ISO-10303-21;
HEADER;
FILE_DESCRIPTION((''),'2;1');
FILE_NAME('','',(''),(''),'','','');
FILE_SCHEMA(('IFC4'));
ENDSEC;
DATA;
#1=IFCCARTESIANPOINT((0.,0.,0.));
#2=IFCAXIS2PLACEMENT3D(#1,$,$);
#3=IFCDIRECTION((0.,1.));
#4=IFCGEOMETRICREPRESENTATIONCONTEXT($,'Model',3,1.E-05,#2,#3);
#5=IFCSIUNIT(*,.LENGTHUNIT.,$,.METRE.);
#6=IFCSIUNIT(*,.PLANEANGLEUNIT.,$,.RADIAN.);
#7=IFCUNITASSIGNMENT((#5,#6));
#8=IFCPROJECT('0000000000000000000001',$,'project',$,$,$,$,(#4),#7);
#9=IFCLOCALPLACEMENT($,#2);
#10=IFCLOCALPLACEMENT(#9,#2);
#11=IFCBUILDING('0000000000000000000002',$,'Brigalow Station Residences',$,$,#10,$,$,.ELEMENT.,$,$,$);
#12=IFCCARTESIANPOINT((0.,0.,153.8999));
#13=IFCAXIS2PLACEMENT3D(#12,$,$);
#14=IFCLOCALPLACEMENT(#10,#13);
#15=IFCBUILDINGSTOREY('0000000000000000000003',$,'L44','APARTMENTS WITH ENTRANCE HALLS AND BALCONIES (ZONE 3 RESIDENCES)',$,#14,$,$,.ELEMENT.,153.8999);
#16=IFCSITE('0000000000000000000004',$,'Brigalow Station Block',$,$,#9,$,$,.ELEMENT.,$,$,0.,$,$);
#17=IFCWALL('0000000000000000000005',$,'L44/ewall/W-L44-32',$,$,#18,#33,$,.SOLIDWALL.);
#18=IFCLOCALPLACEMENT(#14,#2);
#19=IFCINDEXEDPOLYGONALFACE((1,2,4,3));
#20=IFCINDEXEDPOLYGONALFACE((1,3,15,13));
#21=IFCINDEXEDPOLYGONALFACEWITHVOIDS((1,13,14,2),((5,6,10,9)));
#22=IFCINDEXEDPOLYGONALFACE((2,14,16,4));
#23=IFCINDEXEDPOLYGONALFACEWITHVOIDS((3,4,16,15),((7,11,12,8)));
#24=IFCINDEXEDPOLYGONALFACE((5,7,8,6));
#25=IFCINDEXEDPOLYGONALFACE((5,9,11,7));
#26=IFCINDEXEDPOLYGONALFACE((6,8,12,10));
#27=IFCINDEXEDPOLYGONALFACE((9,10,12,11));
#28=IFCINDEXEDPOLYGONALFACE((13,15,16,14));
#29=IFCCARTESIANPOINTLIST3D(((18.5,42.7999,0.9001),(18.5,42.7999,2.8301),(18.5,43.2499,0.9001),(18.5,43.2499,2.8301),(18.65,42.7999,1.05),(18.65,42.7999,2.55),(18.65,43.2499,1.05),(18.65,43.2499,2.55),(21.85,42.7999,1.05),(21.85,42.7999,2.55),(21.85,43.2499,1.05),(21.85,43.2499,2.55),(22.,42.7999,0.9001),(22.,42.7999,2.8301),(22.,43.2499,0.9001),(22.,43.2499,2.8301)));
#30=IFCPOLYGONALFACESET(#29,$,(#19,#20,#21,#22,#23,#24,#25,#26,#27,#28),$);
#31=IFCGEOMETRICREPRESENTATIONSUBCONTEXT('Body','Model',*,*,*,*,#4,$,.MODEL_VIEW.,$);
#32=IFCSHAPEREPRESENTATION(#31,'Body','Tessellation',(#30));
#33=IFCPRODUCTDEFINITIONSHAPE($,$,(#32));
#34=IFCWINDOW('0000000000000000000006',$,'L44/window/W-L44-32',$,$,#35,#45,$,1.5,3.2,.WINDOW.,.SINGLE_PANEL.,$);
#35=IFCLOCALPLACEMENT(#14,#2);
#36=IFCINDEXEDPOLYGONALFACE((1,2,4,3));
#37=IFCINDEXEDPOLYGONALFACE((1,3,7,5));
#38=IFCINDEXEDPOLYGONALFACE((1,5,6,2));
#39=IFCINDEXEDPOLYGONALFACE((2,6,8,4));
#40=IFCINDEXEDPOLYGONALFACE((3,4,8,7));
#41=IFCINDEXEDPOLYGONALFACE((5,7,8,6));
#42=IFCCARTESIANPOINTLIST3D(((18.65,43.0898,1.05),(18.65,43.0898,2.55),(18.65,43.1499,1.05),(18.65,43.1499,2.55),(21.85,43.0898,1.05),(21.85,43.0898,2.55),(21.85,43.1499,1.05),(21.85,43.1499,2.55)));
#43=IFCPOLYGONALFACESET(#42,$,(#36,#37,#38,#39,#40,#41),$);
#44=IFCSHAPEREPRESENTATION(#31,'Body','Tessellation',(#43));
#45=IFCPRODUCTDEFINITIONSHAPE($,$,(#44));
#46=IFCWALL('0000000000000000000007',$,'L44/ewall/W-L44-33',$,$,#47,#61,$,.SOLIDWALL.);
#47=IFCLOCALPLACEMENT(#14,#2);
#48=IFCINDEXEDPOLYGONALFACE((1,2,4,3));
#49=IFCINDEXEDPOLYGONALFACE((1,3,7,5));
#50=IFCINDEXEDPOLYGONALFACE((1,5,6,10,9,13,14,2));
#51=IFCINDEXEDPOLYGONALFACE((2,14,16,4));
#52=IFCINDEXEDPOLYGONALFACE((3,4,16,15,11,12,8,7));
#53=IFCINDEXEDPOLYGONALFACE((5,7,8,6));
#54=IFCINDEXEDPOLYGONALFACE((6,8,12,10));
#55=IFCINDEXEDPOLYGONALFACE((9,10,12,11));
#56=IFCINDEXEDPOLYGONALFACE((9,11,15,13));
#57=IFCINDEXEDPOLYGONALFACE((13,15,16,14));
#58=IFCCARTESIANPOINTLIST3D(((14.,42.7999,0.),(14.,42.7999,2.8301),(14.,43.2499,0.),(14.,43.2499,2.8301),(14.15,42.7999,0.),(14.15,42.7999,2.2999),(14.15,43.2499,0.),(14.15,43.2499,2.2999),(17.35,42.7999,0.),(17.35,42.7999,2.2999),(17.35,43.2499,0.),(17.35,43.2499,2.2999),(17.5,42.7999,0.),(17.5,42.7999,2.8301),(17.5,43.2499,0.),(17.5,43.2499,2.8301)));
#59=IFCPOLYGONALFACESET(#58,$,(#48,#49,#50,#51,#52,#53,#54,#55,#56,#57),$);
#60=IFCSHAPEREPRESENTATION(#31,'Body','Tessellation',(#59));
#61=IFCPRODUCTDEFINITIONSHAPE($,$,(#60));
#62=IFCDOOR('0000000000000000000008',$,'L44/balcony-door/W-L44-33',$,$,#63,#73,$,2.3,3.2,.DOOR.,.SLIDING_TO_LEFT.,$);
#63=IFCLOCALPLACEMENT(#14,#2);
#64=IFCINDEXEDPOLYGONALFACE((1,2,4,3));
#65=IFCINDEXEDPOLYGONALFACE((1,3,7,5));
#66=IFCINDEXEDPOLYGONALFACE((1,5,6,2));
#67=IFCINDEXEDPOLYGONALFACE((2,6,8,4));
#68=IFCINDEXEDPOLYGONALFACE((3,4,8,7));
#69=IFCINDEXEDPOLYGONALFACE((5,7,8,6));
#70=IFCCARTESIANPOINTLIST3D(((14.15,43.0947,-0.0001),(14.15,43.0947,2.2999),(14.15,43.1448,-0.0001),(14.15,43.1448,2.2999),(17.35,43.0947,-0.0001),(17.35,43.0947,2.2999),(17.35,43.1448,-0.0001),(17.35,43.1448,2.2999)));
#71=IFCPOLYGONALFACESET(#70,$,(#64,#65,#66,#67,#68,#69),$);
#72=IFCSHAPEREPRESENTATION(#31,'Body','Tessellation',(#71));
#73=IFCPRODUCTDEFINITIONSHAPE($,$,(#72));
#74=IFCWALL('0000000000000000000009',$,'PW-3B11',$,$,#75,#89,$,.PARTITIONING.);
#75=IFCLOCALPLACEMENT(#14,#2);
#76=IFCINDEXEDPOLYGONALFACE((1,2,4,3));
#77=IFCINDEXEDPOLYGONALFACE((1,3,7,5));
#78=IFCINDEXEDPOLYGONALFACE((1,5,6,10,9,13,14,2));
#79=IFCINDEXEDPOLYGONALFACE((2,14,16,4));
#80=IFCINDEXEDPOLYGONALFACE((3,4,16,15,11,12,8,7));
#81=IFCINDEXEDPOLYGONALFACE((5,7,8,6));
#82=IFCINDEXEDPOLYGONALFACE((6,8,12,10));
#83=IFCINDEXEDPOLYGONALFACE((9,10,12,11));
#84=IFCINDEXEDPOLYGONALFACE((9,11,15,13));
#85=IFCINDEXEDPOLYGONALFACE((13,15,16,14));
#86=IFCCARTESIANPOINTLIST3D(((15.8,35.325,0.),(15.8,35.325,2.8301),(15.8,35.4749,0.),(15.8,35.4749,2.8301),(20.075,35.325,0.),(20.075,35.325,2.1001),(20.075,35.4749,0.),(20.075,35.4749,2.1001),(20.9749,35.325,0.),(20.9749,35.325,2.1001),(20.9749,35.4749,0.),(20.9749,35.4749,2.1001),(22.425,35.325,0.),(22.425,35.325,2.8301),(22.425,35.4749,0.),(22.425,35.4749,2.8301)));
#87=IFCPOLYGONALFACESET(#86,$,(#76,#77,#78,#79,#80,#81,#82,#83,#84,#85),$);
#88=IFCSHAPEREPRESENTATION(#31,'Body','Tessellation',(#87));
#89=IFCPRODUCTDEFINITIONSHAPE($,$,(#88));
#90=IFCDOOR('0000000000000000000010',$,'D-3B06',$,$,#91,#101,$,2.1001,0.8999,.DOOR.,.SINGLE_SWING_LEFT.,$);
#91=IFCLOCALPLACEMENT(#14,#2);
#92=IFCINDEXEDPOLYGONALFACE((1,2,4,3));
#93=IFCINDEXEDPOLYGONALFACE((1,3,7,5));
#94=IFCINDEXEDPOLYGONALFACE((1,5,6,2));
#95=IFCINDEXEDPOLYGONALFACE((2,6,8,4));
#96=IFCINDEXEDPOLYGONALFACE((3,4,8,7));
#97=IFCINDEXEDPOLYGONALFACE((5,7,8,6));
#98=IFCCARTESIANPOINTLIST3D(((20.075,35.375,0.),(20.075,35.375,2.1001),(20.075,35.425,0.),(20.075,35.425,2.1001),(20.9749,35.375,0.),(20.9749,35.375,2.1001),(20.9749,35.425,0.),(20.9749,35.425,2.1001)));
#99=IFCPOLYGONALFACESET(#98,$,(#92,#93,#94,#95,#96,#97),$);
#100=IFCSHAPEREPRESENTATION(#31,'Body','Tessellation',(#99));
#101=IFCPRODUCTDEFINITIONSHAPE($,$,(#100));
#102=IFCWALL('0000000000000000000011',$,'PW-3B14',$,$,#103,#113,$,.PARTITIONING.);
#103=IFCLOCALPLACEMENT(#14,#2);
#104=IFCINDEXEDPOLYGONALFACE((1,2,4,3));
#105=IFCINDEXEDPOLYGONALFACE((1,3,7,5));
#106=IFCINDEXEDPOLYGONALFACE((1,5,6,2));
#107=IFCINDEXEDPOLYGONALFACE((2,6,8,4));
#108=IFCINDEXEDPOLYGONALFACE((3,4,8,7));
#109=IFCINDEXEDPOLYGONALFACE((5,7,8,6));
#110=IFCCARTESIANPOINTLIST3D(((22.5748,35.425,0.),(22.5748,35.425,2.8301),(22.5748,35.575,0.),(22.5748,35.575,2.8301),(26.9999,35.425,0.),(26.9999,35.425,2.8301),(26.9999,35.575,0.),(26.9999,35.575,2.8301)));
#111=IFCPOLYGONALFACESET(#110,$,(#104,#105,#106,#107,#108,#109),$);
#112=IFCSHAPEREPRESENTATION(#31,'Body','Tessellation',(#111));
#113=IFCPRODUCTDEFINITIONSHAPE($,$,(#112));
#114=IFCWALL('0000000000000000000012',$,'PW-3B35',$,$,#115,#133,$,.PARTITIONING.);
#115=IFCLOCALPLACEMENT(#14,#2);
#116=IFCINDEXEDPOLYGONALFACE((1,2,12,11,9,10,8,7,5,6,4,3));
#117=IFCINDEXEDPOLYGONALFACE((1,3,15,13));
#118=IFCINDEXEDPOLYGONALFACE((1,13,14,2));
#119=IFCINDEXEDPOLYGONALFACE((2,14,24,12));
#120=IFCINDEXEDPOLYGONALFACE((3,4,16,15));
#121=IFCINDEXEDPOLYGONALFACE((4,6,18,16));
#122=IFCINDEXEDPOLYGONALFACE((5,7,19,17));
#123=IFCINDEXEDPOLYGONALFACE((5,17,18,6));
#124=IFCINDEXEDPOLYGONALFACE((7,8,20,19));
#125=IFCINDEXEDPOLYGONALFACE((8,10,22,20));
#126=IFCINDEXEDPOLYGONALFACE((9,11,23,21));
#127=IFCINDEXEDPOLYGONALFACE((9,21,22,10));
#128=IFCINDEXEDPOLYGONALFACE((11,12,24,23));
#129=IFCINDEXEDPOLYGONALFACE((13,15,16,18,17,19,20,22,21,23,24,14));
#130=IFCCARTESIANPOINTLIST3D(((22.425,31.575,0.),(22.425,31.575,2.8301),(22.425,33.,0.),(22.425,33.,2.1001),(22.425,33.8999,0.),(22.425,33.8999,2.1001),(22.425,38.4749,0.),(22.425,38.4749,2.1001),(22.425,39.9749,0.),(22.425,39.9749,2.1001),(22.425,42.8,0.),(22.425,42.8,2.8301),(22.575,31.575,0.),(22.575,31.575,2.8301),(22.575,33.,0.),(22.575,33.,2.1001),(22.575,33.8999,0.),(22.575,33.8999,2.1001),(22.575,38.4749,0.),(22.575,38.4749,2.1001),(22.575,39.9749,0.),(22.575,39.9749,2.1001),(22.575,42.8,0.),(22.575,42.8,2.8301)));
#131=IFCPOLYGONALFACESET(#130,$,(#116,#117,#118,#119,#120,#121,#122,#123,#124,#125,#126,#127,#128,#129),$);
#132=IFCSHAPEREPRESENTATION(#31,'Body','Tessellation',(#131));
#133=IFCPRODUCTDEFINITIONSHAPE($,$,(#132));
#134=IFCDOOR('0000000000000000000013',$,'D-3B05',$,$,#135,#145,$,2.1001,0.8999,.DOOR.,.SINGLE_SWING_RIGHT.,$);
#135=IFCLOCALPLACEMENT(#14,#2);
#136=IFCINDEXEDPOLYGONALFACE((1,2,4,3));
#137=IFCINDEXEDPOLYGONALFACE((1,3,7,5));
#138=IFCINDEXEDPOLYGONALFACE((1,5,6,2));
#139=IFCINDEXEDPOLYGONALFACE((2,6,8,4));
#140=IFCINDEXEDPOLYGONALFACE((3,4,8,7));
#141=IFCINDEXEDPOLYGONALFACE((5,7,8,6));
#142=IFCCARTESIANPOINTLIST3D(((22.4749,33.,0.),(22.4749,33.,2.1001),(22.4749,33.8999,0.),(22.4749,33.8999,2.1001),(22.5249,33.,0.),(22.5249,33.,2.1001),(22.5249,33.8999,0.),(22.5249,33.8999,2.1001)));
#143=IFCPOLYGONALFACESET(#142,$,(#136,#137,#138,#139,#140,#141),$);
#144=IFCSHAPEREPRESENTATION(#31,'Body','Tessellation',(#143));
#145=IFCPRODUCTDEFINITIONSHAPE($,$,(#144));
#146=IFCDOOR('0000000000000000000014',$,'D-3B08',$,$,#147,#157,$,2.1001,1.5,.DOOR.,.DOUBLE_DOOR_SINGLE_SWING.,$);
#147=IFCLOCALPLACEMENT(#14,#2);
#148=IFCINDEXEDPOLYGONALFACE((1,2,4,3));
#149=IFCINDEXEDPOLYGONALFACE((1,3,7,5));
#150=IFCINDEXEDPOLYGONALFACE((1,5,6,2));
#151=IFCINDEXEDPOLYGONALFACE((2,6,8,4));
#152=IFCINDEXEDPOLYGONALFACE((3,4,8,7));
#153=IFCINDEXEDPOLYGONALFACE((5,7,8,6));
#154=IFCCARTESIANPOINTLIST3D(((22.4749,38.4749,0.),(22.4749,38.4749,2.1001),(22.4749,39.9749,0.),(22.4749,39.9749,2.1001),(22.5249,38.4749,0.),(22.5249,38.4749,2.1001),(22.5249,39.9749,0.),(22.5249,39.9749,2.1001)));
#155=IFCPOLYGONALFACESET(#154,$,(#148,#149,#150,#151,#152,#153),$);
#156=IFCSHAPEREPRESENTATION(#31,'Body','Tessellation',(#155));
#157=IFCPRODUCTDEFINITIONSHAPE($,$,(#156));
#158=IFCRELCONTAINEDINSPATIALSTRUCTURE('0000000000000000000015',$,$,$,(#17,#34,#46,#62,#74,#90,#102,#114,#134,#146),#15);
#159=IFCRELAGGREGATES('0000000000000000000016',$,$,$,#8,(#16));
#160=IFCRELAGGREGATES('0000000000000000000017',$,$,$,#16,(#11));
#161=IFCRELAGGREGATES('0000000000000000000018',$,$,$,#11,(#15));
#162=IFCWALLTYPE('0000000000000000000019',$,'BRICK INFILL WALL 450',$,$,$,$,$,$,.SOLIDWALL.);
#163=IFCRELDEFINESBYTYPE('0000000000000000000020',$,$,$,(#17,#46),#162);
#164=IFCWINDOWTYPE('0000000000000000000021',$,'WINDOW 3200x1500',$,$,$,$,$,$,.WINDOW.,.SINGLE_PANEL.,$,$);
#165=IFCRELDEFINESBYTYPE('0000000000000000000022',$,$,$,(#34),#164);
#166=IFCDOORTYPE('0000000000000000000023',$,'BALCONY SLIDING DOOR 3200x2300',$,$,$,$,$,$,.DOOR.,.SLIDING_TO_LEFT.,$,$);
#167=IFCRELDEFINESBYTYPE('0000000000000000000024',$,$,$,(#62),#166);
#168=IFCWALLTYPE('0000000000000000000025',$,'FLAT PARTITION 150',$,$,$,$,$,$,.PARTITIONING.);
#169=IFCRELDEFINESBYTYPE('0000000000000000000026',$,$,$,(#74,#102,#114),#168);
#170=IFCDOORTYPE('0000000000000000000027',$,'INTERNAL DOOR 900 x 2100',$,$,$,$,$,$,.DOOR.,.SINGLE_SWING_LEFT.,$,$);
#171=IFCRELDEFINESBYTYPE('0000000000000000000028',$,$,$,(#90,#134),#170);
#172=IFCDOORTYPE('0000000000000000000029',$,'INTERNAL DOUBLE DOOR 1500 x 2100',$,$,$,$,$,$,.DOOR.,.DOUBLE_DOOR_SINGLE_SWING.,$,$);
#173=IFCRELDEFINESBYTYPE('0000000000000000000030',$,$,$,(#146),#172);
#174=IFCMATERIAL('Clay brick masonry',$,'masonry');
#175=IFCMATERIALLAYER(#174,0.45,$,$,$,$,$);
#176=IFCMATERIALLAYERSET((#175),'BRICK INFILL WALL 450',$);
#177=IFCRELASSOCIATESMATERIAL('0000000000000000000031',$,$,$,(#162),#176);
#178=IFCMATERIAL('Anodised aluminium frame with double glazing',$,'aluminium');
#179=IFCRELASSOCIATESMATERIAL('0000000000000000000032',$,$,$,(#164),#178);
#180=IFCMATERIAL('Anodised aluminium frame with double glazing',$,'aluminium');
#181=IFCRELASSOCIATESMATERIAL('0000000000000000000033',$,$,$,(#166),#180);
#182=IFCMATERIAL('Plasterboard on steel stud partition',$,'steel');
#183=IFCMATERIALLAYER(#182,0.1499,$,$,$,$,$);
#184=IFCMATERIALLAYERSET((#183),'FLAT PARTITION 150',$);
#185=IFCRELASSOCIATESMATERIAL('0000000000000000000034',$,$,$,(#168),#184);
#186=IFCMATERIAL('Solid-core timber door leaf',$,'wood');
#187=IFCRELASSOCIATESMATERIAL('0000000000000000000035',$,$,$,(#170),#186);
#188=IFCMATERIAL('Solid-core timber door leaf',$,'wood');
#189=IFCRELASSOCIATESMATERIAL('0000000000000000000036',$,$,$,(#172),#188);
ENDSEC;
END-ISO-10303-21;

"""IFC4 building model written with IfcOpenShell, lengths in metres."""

from ifc_helpers import new_model, si_unit, direction, frame, frame_2d, origin, place, context, subcontext, project, spatial, rectangle, extrude, material, layer, layer_set, type_object, element, fill, save


model = new_model("IFC4")

# Units and contexts
model_context = context("Model", 3, precision=1e-05, world=origin(), true_north=direction((0.0, 1.0)))
body_context = subcontext(model_context, "Body", "Model", "MODEL_VIEW")
ifc_project = project(units=[si_unit("LENGTHUNIT", "METRE"), si_unit("PLANEANGLEUNIT", "RADIAN")], contexts=[model_context])

# Site, building, storey
site_placement = place(None, origin())
site = spatial("IfcSite", under=ifc_project, at=site_placement, Name="Brigalow Station Block", CompositionType="ELEMENT", RefElevation=0.0)
building_placement = place(site_placement, origin())
building = spatial("IfcBuilding", under=site, at=building_placement, Name="Brigalow Station Residences", CompositionType="ELEMENT")
storey_placement = place(building_placement, frame((0.0, 0.0, 153.8999)))
storey = spatial("IfcBuildingStorey", under=building, at=storey_placement, Name="L44", Description="APARTMENTS WITH ENTRANCE HALLS AND BALCONIES (ZONE 3 RESIDENCES)", CompositionType="ELEMENT", Elevation=153.8999)

# Wall, opening, window
ifc_material_1 = material(Name="Clay brick masonry", Category="masonry")
ifc_layer_1 = layer(ifc_material_1, 0.45)
ifc_layer_set_1 = layer_set([ifc_layer_1], Name="BRICK INFILL WALL 450")
wall_type_1 = type_object("IfcWallType", Name="BRICK INFILL WALL 450", PredefinedType="SOLIDWALL", material=ifc_layer_set_1)
ifc_material_2 = material(Name="Anodised aluminium frame with double glazing", Category="aluminium")
window_type = type_object("IfcWindowType", Name="WINDOW 3200x1500", PartitioningType="SINGLE_PANEL", PredefinedType="WINDOW", material=ifc_material_2)
wall_1_placement = place(storey_placement, frame((22.0, 43.0249, 0.9001), z_axis=(0.0, 0.0, 1.0), x_axis=(-1.0, 0.0, 0.0)))
wall_1 = element("IfcWall", 1, at=wall_1_placement, inside=storey, type_object=wall_type_1, Name="L44/ewall/W-L44-32", PredefinedType="SOLIDWALL", context=body_context, shape_type="SweptSolid", body=[
    extrude(rectangle(XDim=3.5, YDim=0.45, at=frame_2d((1.75, 0.0))), origin(), (0.0, 0.0, 1.0), 1.9299),
])
opening_1_placement = place(wall_1_placement, frame((0.1499, 0.0, 0.1499)))
opening_1 = element("IfcOpeningElement", 2, at=opening_1_placement, cuts=wall_1, PredefinedType="OPENING", context=body_context, shape_type="SweptSolid", body=[
    extrude(rectangle(XDim=3.2, YDim=1.5, at=frame_2d((1.6001, 0.75))), frame((0.0, 0.2349, 0.0), z_axis=(0.0, -1.0, 0.0), x_axis=(1.0, 0.0, 0.0)), (0.0, 0.0, 1.0), 0.47),
])
window_1_placement = place(opening_1_placement, origin())
window_1 = element("IfcWindow", 3, at=window_1_placement, inside=storey, type_object=window_type, Name="L44/window/W-L44-32", OverallHeight=1.5, OverallWidth=3.2, PartitioningType="SINGLE_PANEL", PredefinedType="WINDOW", context=body_context, shape_type="SweptSolid", body=[
    extrude(rectangle(XDim=3.2, YDim=1.5, at=frame_2d((1.6001, 0.75))), frame((0.0, -0.0649, 0.0), z_axis=(0.0, -1.0, 0.0), x_axis=(1.0, 0.0, 0.0)), (0.0, 0.0, 1.0), 0.0601),
])
fill(opening_1, window_1)

# Walls, openings, doors
wall_2_placement = place(storey_placement, frame((17.5, 43.0249, 0.0), z_axis=(0.0, 0.0, 1.0), x_axis=(-1.0, 0.0, 0.0)))
wall_2 = element("IfcWall", 4, at=wall_2_placement, inside=storey, type_object=wall_type_1, Name="L44/ewall/W-L44-33", PredefinedType="SOLIDWALL", context=body_context, shape_type="SweptSolid", body=[
    extrude(rectangle(XDim=3.5, YDim=0.45, at=frame_2d((1.75, 0.0))), origin(), (0.0, 0.0, 1.0), 2.8301),
])
opening_2_placement = place(wall_2_placement, frame((0.1499, 0.0, 0.0)))
opening_2 = element("IfcOpeningElement", 5, at=opening_2_placement, cuts=wall_2, PredefinedType="OPENING", context=body_context, shape_type="SweptSolid", body=[
    extrude(rectangle(XDim=3.2, YDim=2.3, at=frame_2d((1.6001, 1.1499))), frame((0.0, 0.2349, 0.0), z_axis=(0.0, -1.0, 0.0), x_axis=(1.0, 0.0, 0.0)), (0.0, 0.0, 1.0), 0.47),
])
ifc_material_3 = material(Name="Anodised aluminium frame with double glazing", Category="aluminium")
door_type_1 = type_object("IfcDoorType", Name="BALCONY SLIDING DOOR 3200x2300", OperationType="SLIDING_TO_LEFT", PredefinedType="DOOR", material=ifc_material_3)
door_1_placement = place(opening_2_placement, origin())
door_1 = element("IfcDoor", 6, at=door_1_placement, inside=storey, type_object=door_type_1, Name="L44/balcony-door/W-L44-33", OperationType="SLIDING_TO_LEFT", OverallHeight=2.3, OverallWidth=3.2, PredefinedType="DOOR", context=body_context, shape_type="SweptSolid", body=[
    extrude(rectangle(XDim=3.2, YDim=2.3, at=frame_2d((1.6001, 1.1499))), frame((0.0, -0.0698, 0.0), z_axis=(0.0, -1.0, 0.0), x_axis=(1.0, 0.0, 0.0)), (0.0, 0.0, 1.0), 0.05),
])
fill(opening_2, door_1)
ifc_material_4 = material(Name="Plasterboard on steel stud partition", Category="steel")
ifc_layer_2 = layer(ifc_material_4, 0.1499)
ifc_layer_set_2 = layer_set([ifc_layer_2], Name="FLAT PARTITION 150")
wall_type_2 = type_object("IfcWallType", Name="FLAT PARTITION 150", PredefinedType="PARTITIONING", material=ifc_layer_set_2)
wall_3_placement = place(storey_placement, frame((15.8, 35.3999, 0.0), z_axis=(0.0, 0.0, 1.0), x_axis=(1.0, 0.0, 0.0)))
wall_3 = element("IfcWall", 7, at=wall_3_placement, inside=storey, type_object=wall_type_2, Name="PW-3B11", PredefinedType="PARTITIONING", context=body_context, shape_type="SweptSolid", body=[
    extrude(rectangle(XDim=6.625, YDim=0.1499, at=frame_2d((3.3125, 0.0))), origin(), (0.0, 0.0, 1.0), 2.8301),
])
opening_3_placement = place(wall_3_placement, frame((4.2749, 0.0, 0.0)))
opening_3 = element("IfcOpeningElement", 8, at=opening_3_placement, cuts=wall_3, PredefinedType="OPENING", context=body_context, shape_type="SweptSolid", body=[
    extrude(rectangle(XDim=0.8999, YDim=2.1001, at=frame_2d((0.45, 1.05))), frame((0.0, 0.085, 0.0), z_axis=(0.0, -1.0, 0.0), x_axis=(1.0, 0.0, 0.0)), (0.0, 0.0, 1.0), 0.1699),
])
ifc_material_5 = material(Name="Solid-core timber door leaf", Category="wood")
door_type_2 = type_object("IfcDoorType", Name="INTERNAL DOOR 900 x 2100", OperationType="SINGLE_SWING_LEFT", PredefinedType="DOOR", material=ifc_material_5)
door_2_placement = place(opening_3_placement, frame((0.8999, 0.0, 0.0), z_axis=(0.0, 0.0, 1.0), x_axis=(-1.0, 0.0, 0.0)))
door_2 = element("IfcDoor", 9, at=door_2_placement, inside=storey, type_object=door_type_2, Name="D-3B06", OperationType="SINGLE_SWING_LEFT", OverallHeight=2.1001, OverallWidth=0.8999, PredefinedType="DOOR", context=body_context, shape_type="SweptSolid", body=[
    extrude(rectangle(XDim=0.8999, YDim=2.1001, at=frame_2d((0.45, 1.05))), frame((0.0, 0.0249, 0.0), z_axis=(0.0, -1.0, 0.0), x_axis=(1.0, 0.0, 0.0)), (0.0, 0.0, 1.0), 0.05),
])
fill(opening_3, door_2)

# Wall
wall_4_placement = place(storey_placement, frame((22.575, 35.5, 0.0), z_axis=(0.0, 0.0, 1.0), x_axis=(1.0, 0.0, 0.0)))
element("IfcWall", 10, at=wall_4_placement, inside=storey, type_object=wall_type_2, Name="PW-3B14", PredefinedType="PARTITIONING", context=body_context, shape_type="SweptSolid", body=[
    extrude(rectangle(XDim=4.425, YDim=0.1499, at=frame_2d((2.2124, 0.0))), origin(), (0.0, 0.0, 1.0), 2.8301),
])

# Wall, openings, doors
wall_5_placement = place(storey_placement, frame((22.5, 31.575, 0.0), z_axis=(0.0, 0.0, 1.0), x_axis=(0.0, 1.0, 0.0)))
wall_5 = element("IfcWall", 11, at=wall_5_placement, inside=storey, type_object=wall_type_2, Name="PW-3B35", PredefinedType="PARTITIONING", context=body_context, shape_type="SweptSolid", body=[
    extrude(rectangle(XDim=11.2251, YDim=0.1499, at=frame_2d((5.6125, 0.0))), origin(), (0.0, 0.0, 1.0), 2.8301),
])
opening_4_placement = place(wall_5_placement, frame((1.425, 0.0, 0.0)))
opening_4 = element("IfcOpeningElement", 12, at=opening_4_placement, cuts=wall_5, PredefinedType="OPENING", context=body_context, shape_type="SweptSolid", body=[
    extrude(rectangle(XDim=0.8999, YDim=2.1001, at=frame_2d((0.45, 1.05))), frame((0.0, 0.085, 0.0), z_axis=(0.0, -1.0, 0.0), x_axis=(1.0, 0.0, 0.0)), (0.0, 0.0, 1.0), 0.1699),
])
opening_5_placement = place(wall_5_placement, frame((6.8999, 0.0, 0.0)))
opening_5 = element("IfcOpeningElement", 13, at=opening_5_placement, cuts=wall_5, PredefinedType="OPENING", context=body_context, shape_type="SweptSolid", body=[
    extrude(rectangle(XDim=1.5, YDim=2.1001, at=frame_2d((0.75, 1.05))), frame((0.0, 0.085, 0.0), z_axis=(0.0, -1.0, 0.0), x_axis=(1.0, 0.0, 0.0)), (0.0, 0.0, 1.0), 0.1699),
])
door_3_placement = place(opening_4_placement, frame((0.8999, 0.0, 0.0), z_axis=(0.0, 0.0, 1.0), x_axis=(-1.0, 0.0, 0.0)))
door_3 = element("IfcDoor", 14, at=door_3_placement, inside=storey, type_object=door_type_2, Name="D-3B05", OperationType="SINGLE_SWING_RIGHT", OverallHeight=2.1001, OverallWidth=0.8999, PredefinedType="DOOR", context=body_context, shape_type="SweptSolid", body=[
    extrude(rectangle(XDim=0.8999, YDim=2.1001, at=frame_2d((0.45, 1.05))), frame((0.0, 0.0249, 0.0), z_axis=(0.0, -1.0, 0.0), x_axis=(1.0, 0.0, 0.0)), (0.0, 0.0, 1.0), 0.05),
])
fill(opening_4, door_3)
ifc_material_6 = material(Name="Solid-core timber door leaf", Category="wood")
door_type_3 = type_object("IfcDoorType", Name="INTERNAL DOUBLE DOOR 1500 x 2100", OperationType="DOUBLE_DOOR_SINGLE_SWING", PredefinedType="DOOR", material=ifc_material_6)
door_4_placement = place(opening_5_placement, frame((1.5, 0.0, 0.0), z_axis=(0.0, 0.0, 1.0), x_axis=(-1.0, 0.0, 0.0)))
door_4 = element("IfcDoor", 15, at=door_4_placement, inside=storey, type_object=door_type_3, Name="D-3B08", OperationType="DOUBLE_DOOR_SINGLE_SWING", OverallHeight=2.1001, OverallWidth=1.5, PredefinedType="DOOR", context=body_context, shape_type="SweptSolid", body=[
    extrude(rectangle(XDim=1.5, YDim=2.1001, at=frame_2d((0.75, 1.05))), frame((0.0, 0.0249, 0.0), z_axis=(0.0, -1.0, 0.0), x_axis=(1.0, 0.0, 0.0)), (0.0, 0.0, 1.0), 0.05),
])
fill(opening_5, door_4)

save(model, "model.ifc")
